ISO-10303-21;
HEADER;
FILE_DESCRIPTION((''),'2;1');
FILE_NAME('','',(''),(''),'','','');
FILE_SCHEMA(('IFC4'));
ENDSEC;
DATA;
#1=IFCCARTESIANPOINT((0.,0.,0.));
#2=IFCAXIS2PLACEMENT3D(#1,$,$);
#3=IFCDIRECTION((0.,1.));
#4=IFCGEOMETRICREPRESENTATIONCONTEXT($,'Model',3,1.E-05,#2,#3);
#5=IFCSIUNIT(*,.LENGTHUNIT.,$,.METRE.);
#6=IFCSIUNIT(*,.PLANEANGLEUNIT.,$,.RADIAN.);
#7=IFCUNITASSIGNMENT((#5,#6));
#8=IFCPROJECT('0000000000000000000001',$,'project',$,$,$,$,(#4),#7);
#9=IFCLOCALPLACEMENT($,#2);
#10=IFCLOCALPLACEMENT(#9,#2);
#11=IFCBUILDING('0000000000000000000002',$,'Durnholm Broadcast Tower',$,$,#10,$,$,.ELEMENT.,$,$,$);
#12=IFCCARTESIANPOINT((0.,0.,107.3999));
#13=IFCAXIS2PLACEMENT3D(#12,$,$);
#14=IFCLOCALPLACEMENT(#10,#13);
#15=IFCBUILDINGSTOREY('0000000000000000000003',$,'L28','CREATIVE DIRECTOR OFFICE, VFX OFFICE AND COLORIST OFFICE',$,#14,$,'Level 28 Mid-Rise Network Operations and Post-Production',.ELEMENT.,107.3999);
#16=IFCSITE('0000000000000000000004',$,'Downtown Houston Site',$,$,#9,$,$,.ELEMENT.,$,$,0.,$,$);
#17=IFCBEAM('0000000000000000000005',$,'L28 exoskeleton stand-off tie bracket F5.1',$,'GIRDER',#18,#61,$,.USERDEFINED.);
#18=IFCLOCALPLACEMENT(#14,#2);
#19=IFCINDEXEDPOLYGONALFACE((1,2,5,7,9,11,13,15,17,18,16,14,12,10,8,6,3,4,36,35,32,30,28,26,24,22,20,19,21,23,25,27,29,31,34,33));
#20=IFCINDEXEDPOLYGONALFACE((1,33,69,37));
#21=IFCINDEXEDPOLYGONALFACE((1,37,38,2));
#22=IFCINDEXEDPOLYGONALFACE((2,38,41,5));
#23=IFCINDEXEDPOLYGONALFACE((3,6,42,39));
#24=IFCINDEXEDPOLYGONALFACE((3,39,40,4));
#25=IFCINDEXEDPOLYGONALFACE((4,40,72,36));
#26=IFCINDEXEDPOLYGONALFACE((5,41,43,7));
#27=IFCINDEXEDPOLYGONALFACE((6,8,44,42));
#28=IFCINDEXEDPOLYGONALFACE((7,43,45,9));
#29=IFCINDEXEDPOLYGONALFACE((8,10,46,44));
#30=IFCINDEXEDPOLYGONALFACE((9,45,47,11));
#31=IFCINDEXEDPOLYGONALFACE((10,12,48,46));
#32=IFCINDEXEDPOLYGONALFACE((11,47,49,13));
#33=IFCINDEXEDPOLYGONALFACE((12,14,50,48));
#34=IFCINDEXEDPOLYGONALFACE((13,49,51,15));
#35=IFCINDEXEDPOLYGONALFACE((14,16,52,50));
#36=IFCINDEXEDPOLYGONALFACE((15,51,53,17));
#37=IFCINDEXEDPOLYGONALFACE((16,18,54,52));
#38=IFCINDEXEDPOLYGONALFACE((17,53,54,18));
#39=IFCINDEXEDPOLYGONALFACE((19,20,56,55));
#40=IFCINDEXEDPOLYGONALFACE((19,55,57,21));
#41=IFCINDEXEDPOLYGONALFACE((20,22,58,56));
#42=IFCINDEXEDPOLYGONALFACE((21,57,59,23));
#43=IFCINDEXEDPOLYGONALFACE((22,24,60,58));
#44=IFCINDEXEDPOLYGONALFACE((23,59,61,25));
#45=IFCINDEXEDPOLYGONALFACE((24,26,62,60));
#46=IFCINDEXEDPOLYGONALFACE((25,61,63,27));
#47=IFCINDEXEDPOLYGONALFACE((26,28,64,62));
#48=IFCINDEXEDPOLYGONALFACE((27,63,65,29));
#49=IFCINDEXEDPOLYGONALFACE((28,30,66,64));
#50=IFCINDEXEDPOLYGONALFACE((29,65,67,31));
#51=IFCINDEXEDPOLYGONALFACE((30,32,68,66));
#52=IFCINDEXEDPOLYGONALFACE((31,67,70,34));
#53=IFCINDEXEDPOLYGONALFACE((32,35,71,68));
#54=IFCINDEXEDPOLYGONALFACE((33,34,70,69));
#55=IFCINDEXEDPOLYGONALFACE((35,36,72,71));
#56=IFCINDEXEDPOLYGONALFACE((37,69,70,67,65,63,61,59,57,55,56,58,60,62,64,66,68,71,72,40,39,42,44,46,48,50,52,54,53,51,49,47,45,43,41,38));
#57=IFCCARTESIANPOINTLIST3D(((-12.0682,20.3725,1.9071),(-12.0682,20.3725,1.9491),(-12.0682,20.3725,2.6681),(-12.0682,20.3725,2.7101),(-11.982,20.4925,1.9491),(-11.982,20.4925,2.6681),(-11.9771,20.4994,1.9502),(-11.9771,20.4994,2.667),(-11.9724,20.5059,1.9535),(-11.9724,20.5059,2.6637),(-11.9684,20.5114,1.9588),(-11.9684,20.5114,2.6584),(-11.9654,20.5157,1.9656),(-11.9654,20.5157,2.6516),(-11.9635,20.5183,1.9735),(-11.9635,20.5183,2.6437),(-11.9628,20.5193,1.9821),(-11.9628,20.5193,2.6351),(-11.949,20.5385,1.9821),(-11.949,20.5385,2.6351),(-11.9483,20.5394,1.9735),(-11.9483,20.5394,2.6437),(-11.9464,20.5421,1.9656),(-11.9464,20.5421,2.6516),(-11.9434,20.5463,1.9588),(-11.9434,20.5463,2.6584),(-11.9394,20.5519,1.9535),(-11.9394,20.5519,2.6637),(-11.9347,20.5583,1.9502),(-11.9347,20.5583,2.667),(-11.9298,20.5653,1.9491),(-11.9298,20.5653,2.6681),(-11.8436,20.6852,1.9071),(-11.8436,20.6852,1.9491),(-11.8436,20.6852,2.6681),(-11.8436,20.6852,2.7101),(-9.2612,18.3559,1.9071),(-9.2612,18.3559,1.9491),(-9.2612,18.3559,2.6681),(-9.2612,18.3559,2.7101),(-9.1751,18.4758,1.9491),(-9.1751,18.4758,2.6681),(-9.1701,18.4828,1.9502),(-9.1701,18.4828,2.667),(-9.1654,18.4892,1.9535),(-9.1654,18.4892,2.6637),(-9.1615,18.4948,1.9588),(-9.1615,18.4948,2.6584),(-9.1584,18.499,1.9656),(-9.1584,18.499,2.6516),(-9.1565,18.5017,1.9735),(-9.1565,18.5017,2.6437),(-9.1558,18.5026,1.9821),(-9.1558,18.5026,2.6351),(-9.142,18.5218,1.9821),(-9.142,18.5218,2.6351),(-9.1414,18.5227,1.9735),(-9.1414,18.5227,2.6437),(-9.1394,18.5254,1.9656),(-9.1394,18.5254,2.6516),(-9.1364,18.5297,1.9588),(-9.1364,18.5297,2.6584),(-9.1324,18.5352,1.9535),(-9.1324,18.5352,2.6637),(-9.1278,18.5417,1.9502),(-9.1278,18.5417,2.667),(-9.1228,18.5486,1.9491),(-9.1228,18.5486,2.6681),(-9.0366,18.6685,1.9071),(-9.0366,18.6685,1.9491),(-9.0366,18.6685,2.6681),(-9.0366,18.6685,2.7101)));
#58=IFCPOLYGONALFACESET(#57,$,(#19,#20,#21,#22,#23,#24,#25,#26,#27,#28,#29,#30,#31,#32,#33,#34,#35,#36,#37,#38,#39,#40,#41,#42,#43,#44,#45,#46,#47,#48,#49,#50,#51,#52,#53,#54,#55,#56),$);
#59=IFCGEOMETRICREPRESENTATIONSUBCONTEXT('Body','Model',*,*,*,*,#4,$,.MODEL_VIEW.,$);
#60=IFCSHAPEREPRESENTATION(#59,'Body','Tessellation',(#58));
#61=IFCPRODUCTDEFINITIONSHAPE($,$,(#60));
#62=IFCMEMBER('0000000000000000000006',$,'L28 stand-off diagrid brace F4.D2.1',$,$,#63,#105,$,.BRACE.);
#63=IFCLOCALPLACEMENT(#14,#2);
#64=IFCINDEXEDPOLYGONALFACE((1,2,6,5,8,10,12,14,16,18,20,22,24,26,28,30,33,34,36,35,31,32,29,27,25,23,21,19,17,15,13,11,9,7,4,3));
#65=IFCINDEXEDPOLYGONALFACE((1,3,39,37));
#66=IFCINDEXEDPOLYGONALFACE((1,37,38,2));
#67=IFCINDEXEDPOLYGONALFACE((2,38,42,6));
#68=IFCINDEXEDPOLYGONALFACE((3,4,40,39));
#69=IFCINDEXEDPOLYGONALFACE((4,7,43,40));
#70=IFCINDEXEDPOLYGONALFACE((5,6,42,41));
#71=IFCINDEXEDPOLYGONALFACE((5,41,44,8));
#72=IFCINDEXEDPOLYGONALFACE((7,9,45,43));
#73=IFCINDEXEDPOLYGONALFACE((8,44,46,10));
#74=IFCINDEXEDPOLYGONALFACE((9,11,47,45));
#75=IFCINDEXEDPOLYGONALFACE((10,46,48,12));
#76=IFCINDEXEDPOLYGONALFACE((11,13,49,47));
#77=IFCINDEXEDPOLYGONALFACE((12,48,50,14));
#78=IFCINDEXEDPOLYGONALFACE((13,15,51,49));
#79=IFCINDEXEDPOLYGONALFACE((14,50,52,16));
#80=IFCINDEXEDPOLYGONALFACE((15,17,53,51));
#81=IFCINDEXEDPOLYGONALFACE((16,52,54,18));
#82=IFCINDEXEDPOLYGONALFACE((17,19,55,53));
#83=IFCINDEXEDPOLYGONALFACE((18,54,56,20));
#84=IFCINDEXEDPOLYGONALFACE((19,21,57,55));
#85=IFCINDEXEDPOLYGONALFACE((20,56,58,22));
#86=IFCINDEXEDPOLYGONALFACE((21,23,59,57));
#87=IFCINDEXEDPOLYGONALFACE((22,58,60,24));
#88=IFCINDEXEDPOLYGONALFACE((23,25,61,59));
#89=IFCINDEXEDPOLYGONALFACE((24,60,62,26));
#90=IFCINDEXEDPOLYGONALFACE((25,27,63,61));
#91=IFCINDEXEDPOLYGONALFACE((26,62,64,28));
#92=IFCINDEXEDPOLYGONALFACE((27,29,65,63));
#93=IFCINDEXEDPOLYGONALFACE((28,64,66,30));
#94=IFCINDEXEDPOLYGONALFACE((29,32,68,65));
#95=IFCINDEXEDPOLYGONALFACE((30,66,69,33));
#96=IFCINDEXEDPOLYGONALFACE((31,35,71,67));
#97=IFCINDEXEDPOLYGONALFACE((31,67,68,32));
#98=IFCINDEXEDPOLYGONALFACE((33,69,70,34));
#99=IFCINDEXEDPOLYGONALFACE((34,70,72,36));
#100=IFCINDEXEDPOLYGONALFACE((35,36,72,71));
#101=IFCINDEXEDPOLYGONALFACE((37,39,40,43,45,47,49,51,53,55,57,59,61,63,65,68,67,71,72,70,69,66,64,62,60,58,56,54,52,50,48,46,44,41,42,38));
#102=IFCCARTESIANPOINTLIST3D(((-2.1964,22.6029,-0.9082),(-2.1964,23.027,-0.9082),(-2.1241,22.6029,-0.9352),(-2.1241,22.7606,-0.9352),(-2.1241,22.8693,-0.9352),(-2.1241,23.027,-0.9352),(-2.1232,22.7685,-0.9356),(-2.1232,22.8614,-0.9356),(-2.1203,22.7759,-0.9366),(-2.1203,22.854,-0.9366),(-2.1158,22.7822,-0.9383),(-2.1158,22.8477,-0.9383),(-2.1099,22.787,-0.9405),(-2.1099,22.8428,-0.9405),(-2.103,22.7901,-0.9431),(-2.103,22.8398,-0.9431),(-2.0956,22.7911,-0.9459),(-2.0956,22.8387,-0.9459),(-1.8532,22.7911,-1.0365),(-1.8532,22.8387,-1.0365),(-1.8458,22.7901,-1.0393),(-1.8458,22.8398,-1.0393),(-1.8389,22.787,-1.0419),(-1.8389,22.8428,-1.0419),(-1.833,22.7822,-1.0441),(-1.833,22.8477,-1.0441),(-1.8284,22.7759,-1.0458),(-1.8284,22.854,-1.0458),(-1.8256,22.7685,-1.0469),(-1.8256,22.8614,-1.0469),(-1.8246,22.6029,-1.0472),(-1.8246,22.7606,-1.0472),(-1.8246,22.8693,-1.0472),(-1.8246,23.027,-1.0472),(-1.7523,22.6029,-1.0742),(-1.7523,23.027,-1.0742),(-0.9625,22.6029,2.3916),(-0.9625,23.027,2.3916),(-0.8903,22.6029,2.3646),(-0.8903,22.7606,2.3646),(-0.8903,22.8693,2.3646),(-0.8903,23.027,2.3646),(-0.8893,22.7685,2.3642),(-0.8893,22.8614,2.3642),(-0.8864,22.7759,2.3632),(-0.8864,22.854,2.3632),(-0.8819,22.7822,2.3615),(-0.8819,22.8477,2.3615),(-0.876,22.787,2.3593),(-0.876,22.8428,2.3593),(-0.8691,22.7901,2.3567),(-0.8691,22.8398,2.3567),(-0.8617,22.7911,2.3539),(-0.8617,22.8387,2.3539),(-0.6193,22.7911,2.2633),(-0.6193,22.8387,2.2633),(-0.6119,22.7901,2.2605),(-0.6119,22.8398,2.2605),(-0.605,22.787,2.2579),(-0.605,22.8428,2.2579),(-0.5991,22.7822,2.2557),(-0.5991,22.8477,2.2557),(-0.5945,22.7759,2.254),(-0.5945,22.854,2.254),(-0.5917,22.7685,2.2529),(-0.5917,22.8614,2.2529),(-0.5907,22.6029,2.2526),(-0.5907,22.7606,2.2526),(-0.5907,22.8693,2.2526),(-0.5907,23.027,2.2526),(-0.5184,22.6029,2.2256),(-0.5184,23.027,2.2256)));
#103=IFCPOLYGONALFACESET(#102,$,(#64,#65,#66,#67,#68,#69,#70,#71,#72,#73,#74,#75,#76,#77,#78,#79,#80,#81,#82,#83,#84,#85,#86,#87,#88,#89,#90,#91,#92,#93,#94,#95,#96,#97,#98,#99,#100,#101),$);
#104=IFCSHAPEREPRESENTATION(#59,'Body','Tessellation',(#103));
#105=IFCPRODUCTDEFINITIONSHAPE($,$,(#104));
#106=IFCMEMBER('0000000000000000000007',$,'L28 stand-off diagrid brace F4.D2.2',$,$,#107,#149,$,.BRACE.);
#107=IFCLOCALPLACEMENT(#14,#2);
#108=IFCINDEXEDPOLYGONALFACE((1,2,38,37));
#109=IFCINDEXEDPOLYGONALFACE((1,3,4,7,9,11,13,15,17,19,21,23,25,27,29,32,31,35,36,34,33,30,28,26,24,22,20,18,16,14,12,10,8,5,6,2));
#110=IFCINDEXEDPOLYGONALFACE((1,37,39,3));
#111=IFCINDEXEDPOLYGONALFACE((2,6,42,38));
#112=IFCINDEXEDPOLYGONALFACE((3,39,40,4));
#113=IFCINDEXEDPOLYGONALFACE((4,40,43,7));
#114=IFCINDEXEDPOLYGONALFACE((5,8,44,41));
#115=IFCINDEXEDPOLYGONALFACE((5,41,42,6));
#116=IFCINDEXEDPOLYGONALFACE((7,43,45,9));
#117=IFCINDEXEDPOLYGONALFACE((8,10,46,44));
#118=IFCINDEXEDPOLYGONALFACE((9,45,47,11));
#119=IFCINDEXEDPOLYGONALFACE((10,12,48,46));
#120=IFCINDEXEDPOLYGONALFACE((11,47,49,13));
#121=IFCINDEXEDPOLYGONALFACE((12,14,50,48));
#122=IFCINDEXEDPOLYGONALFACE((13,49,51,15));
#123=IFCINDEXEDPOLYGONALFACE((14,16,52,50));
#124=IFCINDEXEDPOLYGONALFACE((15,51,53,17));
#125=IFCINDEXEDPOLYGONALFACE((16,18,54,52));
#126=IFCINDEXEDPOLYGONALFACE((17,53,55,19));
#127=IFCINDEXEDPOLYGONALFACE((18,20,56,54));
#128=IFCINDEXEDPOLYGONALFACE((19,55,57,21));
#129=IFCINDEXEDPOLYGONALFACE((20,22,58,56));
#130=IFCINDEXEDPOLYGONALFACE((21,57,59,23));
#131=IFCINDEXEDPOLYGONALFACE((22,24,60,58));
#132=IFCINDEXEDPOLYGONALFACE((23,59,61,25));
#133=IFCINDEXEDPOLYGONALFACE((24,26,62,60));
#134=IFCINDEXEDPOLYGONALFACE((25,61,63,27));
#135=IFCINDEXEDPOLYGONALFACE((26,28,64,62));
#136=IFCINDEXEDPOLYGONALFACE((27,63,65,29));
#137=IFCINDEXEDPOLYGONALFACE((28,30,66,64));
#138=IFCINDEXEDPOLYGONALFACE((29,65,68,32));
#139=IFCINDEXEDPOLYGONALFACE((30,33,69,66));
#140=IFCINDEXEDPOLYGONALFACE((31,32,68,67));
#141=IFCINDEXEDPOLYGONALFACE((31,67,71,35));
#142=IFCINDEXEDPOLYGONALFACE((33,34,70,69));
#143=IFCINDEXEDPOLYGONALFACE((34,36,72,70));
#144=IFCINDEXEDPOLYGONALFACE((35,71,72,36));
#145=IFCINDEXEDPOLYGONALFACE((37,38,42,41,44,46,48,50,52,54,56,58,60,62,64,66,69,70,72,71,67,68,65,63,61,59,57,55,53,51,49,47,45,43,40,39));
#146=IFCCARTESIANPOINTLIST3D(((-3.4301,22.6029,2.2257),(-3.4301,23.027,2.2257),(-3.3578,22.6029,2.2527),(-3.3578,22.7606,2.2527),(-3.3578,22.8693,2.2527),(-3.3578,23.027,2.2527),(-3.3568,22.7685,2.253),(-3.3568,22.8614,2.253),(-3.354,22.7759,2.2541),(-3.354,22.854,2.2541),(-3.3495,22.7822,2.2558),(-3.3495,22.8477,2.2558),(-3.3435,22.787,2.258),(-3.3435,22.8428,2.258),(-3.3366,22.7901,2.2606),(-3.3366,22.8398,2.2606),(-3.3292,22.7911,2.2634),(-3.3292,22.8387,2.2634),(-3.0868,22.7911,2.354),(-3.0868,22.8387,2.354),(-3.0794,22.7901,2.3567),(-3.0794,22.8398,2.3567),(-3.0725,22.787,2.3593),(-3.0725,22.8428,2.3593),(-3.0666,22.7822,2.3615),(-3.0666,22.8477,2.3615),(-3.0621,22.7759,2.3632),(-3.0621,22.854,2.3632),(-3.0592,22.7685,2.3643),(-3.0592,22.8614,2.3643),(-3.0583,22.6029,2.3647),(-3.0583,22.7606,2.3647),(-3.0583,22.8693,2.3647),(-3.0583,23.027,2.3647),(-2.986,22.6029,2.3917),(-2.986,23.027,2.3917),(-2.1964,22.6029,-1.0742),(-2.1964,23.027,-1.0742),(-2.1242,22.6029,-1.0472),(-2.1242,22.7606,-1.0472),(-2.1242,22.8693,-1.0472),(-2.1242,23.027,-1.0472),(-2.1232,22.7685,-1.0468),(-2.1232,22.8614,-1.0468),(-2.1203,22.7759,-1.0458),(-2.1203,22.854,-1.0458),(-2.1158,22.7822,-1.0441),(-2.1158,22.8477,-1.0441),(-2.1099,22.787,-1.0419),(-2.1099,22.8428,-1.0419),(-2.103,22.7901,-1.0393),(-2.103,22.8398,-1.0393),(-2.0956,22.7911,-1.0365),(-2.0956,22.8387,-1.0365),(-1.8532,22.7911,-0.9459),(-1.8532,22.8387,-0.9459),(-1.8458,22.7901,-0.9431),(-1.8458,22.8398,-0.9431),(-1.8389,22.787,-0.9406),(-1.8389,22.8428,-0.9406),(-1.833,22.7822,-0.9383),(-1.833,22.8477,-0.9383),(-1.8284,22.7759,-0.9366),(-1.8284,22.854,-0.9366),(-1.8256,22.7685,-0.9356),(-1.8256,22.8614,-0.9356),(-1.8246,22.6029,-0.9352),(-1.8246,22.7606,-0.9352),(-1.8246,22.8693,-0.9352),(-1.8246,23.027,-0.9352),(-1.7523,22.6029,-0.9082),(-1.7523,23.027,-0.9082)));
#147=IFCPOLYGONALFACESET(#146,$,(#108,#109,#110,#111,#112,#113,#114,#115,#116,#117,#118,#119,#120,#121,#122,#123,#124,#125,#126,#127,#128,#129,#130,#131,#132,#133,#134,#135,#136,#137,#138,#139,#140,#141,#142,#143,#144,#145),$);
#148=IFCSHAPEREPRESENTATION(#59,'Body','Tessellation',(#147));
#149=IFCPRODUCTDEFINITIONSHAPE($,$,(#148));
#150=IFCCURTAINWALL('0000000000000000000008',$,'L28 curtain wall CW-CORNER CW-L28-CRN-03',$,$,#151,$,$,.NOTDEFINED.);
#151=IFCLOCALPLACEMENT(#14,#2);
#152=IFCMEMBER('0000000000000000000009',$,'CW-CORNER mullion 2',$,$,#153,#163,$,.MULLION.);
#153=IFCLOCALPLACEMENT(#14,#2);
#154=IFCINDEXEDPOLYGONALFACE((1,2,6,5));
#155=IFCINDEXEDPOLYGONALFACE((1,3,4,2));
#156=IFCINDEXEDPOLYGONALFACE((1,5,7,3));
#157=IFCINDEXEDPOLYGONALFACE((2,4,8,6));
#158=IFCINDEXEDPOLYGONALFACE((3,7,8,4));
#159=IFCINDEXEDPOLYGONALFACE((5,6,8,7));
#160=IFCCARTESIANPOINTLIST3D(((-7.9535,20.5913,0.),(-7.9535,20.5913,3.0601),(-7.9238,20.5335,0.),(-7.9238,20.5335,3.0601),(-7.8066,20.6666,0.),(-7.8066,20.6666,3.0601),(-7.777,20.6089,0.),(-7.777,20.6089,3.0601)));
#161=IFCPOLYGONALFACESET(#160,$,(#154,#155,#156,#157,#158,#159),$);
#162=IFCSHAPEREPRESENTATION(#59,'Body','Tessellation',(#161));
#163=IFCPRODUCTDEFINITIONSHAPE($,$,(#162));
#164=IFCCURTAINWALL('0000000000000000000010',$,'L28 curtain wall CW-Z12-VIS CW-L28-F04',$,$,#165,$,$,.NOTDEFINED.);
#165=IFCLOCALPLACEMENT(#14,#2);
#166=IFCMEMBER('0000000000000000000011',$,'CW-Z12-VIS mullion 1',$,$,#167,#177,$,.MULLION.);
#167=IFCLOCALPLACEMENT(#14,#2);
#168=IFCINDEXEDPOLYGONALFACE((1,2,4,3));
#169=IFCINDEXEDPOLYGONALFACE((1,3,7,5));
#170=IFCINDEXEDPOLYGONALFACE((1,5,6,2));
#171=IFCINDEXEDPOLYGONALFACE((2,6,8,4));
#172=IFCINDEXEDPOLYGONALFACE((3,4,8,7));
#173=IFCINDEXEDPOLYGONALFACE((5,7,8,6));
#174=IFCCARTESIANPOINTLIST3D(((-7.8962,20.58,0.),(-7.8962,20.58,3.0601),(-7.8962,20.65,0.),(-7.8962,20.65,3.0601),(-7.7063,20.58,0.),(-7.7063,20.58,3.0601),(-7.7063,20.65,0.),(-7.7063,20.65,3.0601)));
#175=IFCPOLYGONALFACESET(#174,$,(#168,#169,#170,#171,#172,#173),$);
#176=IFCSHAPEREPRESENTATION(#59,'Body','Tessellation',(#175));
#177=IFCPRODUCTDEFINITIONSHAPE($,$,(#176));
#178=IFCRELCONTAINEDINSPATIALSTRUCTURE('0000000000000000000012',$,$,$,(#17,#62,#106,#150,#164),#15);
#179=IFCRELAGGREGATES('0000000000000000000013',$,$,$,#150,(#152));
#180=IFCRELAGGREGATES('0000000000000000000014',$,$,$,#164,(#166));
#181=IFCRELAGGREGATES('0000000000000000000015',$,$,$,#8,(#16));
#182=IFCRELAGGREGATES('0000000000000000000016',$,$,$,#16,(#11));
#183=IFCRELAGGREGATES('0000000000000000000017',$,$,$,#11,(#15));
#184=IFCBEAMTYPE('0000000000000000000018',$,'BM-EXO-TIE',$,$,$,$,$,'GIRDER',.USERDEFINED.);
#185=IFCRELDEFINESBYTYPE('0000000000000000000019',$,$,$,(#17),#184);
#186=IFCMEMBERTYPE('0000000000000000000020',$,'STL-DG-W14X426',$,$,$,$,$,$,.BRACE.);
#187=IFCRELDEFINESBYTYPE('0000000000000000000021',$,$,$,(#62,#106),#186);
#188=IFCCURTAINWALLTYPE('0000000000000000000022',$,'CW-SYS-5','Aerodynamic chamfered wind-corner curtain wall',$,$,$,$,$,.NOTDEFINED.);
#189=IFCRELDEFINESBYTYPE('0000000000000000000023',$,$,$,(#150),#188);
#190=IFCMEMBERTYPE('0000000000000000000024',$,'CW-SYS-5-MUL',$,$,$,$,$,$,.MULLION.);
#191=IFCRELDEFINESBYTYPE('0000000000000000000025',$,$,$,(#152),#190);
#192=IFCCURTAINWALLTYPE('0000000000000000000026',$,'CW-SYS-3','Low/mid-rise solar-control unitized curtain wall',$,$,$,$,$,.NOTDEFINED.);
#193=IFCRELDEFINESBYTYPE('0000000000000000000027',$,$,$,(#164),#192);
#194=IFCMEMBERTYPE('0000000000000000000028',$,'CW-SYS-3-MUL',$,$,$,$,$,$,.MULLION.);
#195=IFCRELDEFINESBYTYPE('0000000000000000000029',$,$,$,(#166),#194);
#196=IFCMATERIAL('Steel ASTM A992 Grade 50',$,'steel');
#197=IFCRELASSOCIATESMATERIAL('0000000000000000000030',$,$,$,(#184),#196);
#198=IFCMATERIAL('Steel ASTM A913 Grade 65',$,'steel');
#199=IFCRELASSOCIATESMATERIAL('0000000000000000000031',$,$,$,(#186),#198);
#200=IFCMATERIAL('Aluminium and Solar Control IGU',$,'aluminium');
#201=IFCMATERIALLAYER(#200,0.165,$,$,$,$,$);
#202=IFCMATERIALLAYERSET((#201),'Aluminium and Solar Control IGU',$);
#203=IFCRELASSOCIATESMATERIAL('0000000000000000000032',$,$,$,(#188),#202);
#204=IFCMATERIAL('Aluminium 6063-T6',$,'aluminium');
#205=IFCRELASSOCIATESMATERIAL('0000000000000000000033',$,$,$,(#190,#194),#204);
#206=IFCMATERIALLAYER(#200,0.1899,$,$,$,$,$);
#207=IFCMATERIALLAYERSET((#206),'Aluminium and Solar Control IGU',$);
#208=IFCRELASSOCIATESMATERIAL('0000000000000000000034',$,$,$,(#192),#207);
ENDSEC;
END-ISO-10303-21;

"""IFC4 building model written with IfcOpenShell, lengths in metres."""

from ifc_helpers import new_model, si_unit, direction, frame, origin, origin_2d, place, context, subcontext, project, spatial, rectangle, i_section, extrude, source, transform, mapped, material, layer, layer_set, material_profile, profile_set, type_object, type_shapes, element, aggregate, save


model = new_model("IFC4")

# Units and contexts
model_context = context("Model", 3, precision=1e-05, world=origin(), true_north=direction((0.0, 1.0)))
body_context = subcontext(model_context, "Body", "Model", "MODEL_VIEW")
ifc_project = project(units=[si_unit("LENGTHUNIT", "METRE"), si_unit("PLANEANGLEUNIT", "RADIAN")], contexts=[model_context])

# Site, building, storey
site_placement = place(None, origin())
site = spatial("IfcSite", under=ifc_project, at=site_placement, Name="Downtown Houston Site", CompositionType="ELEMENT", RefElevation=0.0)
building_placement = place(site_placement, origin())
building = spatial("IfcBuilding", under=site, at=building_placement, Name="Durnholm Broadcast Tower", CompositionType="ELEMENT")
storey_placement = place(building_placement, frame((0.0, 0.0, 107.3999)))
storey = spatial("IfcBuildingStorey", under=building, at=storey_placement, Name="L28", Description="CREATIVE DIRECTOR OFFICE, VFX OFFICE AND COLORIST OFFICE", LongName="Level 28 Mid-Rise Network Operations and Post-Production", CompositionType="ELEMENT", Elevation=107.3999)

# Beam
ifc_material_1 = material(Name="Steel ASTM A992 Grade 50", Category="steel")
ifc_material_profile_1 = material_profile(ifc_material_1, i_section(OverallWidth=0.385, OverallDepth=0.803, WebThickness=0.0237, FlangeThickness=0.042, FilletRadius=0.033, at=origin_2d()), Name="W30X261")
ifc_profile_set_1 = profile_set([ifc_material_profile_1], Name="Steel ASTM A992 Grade 50")
beam_type_1 = type_object("IfcBeamType", Name="BM-EXO-TIE", ElementType="GIRDER", PredefinedType="USERDEFINED", material=ifc_profile_set_1)
shared_shape_1 = source(origin(), body_context, "Body", "SweptSolid", [
    extrude(i_section(OverallWidth=0.385, OverallDepth=0.803, WebThickness=0.0237, FlangeThickness=0.042, FilletRadius=0.033, at=origin_2d()), origin(), (0.0, 0.0, 1.0), 3.4563),
])
beam_1_placement = place(storey_placement, frame((-9.1489, 18.5122, 2.3086), z_axis=(-0.812131, 0.583474, 0.0), x_axis=(-0.583474, -0.812131, 0.0)))
element("IfcBeam", 1, at=beam_1_placement, inside=storey, type_object=beam_type_1, Name="L28 exoskeleton stand-off tie bracket F5.1", ObjectType="GIRDER", PredefinedType="USERDEFINED", context=body_context, shape_type="MappedRepresentation", body=[
    mapped(shared_shape_1, transform((0.0, 0.0, 0.0), x_axis=(1.0, 0.0, 0.0), y_axis=(0.0, 1.0, 0.0), z_axis=(0.0, 0.0, 1.0), scale=1.0)),
])

# Members
ifc_material_2 = material(Name="Steel ASTM A913 Grade 65", Category="steel")
ifc_material_profile_2 = material_profile(ifc_material_2, i_section(OverallWidth=0.4241, OverallDepth=0.4741, WebThickness=0.0476, FlangeThickness=0.0771, FilletRadius=0.0305, at=origin_2d()), Name="W14X426")
ifc_profile_set_2 = profile_set([ifc_material_profile_2], Name="Steel ASTM A913 Grade 65")
member_type_1 = type_object("IfcMemberType", Name="STL-DG-W14X426", PredefinedType="BRACE", material=ifc_profile_set_2)
shared_shape_2 = source(origin(), body_context, "Body", "SweptSolid", [
    extrude(i_section(OverallWidth=0.4241, OverallDepth=0.4741, WebThickness=0.0476, FlangeThickness=0.0771, FilletRadius=0.0305, at=origin_2d()), origin(), (0.0, 0.0, 1.0), 3.5229),
])
type_shapes(member_type_1, [shared_shape_2])
for number, where, z_axis, x_axis, name in (
    (2, (-1.9744, 22.8149, -0.9912), (0.350242, 0.0, 0.936659), (0.0, 1.0, 0.0), "L28 stand-off diagrid brace F4.D2.1"),
    (3, (-1.9744, 22.8149, -0.9912), (-0.350182, 0.0, 0.936682), (0.0, -1.0, 0.0), "L28 stand-off diagrid brace F4.D2.2"),
):
    element("IfcMember", number, at=place(storey_placement, frame(where, z_axis=z_axis, x_axis=x_axis)), inside=storey, type_object=member_type_1, Name=name, PredefinedType="BRACE", context=body_context, shape_type="MappedRepresentation", body=[
        mapped(shared_shape_2, transform((0.0, 0.0, 0.0), x_axis=(1.0, 0.0, 0.0), y_axis=(0.0, 1.0, 0.0), z_axis=(0.0, 0.0, 1.0), scale=1.0)),
    ])

# Curtain walls, members
ifc_material_3 = material(Name="Aluminium and Solar Control IGU", Category="aluminium")
ifc_layer_1 = layer(ifc_material_3, 0.165)
ifc_layer_set_1 = layer_set([ifc_layer_1], Name="Aluminium and Solar Control IGU")
curtain_wall_type_1 = type_object("IfcCurtainWallType", Name="CW-SYS-5", Description="Aerodynamic chamfered wind-corner curtain wall", PredefinedType="NOTDEFINED", material=ifc_layer_set_1)
curtain_wall_1_placement = place(storey_placement, origin())
curtain_wall_1 = element("IfcCurtainWall", 4, at=curtain_wall_1_placement, inside=storey, type_object=curtain_wall_type_1, Name="L28 curtain wall CW-CORNER CW-L28-CRN-03", PredefinedType="NOTDEFINED")
ifc_material_4 = material(Name="Aluminium 6063-T6", Category="aluminium")
ifc_material_profile_3 = material_profile(ifc_material_4, rectangle(XDim=0.0649, YDim=0.165, at=origin_2d()), Name="CWM65X165")
ifc_profile_set_3 = profile_set([ifc_material_profile_3], Name="Aluminium 6063-T6")
member_type_2 = type_object("IfcMemberType", Name="CW-SYS-5-MUL", PredefinedType="MULLION", material=ifc_profile_set_3)
shared_shape_3 = source(origin(), body_context, "Body", "SweptSolid", [
    extrude(rectangle(XDim=0.0649, YDim=0.165, at=origin_2d()), origin(), (0.0, 0.0, 1.0), 3.0601),
])
type_shapes(member_type_2, [shared_shape_3])
member_1_placement = place(storey_placement, frame((-7.8652, 20.6001, 0.0), z_axis=(0.0, 0.0, 1.0), x_axis=(-0.456373, 0.889788, 0.0)))
member_1 = element("IfcMember", 5, at=member_1_placement, type_object=member_type_2, Name="CW-CORNER mullion 2", PredefinedType="MULLION", context=body_context, shape_type="MappedRepresentation", body=[
    mapped(shared_shape_3, transform((0.0, 0.0, 0.0), x_axis=(1.0, 0.0, 0.0), y_axis=(0.0, 1.0, 0.0), z_axis=(0.0, 0.0, 1.0), scale=1.0)),
])
ifc_layer_2 = layer(ifc_material_3, 0.1899)
ifc_layer_set_2 = layer_set([ifc_layer_2], Name="Aluminium and Solar Control IGU")
curtain_wall_type_2 = type_object("IfcCurtainWallType", Name="CW-SYS-3", Description="Low/mid-rise solar-control unitized curtain wall", PredefinedType="NOTDEFINED", material=ifc_layer_set_2)
curtain_wall_2_placement = place(storey_placement, origin())
curtain_wall_2 = element("IfcCurtainWall", 6, at=curtain_wall_2_placement, inside=storey, type_object=curtain_wall_type_2, Name="L28 curtain wall CW-Z12-VIS CW-L28-F04", PredefinedType="NOTDEFINED")
ifc_material_profile_4 = material_profile(ifc_material_4, rectangle(XDim=0.0701, YDim=0.1899, at=origin_2d()), Name="CWM70X190")
ifc_profile_set_4 = profile_set([ifc_material_profile_4], Name="Aluminium 6063-T6")
member_type_3 = type_object("IfcMemberType", Name="CW-SYS-3-MUL", PredefinedType="MULLION", material=ifc_profile_set_4)
shared_shape_4 = source(origin(), body_context, "Body", "SweptSolid", [
    extrude(rectangle(XDim=0.0701, YDim=0.1899, at=origin_2d()), origin(), (0.0, 0.0, 1.0), 3.0601),
])
type_shapes(member_type_3, [shared_shape_4])
member_2_placement = place(storey_placement, frame((-7.8013, 20.615, 0.0), z_axis=(0.0, 0.0, 1.0), x_axis=(0.0, 1.0, 0.0)))
member_2 = element("IfcMember", 7, at=member_2_placement, type_object=member_type_3, Name="CW-Z12-VIS mullion 1", PredefinedType="MULLION", context=body_context, shape_type="MappedRepresentation", body=[
    mapped(shared_shape_4, transform((0.0, 0.0, 0.0), x_axis=(1.0, 0.0, 0.0), y_axis=(0.0, 1.0, 0.0), z_axis=(0.0, 0.0, 1.0), scale=1.0)),
])

aggregate(curtain_wall_1, [member_1])
aggregate(curtain_wall_2, [member_2])

save(model, "model.ifc")
